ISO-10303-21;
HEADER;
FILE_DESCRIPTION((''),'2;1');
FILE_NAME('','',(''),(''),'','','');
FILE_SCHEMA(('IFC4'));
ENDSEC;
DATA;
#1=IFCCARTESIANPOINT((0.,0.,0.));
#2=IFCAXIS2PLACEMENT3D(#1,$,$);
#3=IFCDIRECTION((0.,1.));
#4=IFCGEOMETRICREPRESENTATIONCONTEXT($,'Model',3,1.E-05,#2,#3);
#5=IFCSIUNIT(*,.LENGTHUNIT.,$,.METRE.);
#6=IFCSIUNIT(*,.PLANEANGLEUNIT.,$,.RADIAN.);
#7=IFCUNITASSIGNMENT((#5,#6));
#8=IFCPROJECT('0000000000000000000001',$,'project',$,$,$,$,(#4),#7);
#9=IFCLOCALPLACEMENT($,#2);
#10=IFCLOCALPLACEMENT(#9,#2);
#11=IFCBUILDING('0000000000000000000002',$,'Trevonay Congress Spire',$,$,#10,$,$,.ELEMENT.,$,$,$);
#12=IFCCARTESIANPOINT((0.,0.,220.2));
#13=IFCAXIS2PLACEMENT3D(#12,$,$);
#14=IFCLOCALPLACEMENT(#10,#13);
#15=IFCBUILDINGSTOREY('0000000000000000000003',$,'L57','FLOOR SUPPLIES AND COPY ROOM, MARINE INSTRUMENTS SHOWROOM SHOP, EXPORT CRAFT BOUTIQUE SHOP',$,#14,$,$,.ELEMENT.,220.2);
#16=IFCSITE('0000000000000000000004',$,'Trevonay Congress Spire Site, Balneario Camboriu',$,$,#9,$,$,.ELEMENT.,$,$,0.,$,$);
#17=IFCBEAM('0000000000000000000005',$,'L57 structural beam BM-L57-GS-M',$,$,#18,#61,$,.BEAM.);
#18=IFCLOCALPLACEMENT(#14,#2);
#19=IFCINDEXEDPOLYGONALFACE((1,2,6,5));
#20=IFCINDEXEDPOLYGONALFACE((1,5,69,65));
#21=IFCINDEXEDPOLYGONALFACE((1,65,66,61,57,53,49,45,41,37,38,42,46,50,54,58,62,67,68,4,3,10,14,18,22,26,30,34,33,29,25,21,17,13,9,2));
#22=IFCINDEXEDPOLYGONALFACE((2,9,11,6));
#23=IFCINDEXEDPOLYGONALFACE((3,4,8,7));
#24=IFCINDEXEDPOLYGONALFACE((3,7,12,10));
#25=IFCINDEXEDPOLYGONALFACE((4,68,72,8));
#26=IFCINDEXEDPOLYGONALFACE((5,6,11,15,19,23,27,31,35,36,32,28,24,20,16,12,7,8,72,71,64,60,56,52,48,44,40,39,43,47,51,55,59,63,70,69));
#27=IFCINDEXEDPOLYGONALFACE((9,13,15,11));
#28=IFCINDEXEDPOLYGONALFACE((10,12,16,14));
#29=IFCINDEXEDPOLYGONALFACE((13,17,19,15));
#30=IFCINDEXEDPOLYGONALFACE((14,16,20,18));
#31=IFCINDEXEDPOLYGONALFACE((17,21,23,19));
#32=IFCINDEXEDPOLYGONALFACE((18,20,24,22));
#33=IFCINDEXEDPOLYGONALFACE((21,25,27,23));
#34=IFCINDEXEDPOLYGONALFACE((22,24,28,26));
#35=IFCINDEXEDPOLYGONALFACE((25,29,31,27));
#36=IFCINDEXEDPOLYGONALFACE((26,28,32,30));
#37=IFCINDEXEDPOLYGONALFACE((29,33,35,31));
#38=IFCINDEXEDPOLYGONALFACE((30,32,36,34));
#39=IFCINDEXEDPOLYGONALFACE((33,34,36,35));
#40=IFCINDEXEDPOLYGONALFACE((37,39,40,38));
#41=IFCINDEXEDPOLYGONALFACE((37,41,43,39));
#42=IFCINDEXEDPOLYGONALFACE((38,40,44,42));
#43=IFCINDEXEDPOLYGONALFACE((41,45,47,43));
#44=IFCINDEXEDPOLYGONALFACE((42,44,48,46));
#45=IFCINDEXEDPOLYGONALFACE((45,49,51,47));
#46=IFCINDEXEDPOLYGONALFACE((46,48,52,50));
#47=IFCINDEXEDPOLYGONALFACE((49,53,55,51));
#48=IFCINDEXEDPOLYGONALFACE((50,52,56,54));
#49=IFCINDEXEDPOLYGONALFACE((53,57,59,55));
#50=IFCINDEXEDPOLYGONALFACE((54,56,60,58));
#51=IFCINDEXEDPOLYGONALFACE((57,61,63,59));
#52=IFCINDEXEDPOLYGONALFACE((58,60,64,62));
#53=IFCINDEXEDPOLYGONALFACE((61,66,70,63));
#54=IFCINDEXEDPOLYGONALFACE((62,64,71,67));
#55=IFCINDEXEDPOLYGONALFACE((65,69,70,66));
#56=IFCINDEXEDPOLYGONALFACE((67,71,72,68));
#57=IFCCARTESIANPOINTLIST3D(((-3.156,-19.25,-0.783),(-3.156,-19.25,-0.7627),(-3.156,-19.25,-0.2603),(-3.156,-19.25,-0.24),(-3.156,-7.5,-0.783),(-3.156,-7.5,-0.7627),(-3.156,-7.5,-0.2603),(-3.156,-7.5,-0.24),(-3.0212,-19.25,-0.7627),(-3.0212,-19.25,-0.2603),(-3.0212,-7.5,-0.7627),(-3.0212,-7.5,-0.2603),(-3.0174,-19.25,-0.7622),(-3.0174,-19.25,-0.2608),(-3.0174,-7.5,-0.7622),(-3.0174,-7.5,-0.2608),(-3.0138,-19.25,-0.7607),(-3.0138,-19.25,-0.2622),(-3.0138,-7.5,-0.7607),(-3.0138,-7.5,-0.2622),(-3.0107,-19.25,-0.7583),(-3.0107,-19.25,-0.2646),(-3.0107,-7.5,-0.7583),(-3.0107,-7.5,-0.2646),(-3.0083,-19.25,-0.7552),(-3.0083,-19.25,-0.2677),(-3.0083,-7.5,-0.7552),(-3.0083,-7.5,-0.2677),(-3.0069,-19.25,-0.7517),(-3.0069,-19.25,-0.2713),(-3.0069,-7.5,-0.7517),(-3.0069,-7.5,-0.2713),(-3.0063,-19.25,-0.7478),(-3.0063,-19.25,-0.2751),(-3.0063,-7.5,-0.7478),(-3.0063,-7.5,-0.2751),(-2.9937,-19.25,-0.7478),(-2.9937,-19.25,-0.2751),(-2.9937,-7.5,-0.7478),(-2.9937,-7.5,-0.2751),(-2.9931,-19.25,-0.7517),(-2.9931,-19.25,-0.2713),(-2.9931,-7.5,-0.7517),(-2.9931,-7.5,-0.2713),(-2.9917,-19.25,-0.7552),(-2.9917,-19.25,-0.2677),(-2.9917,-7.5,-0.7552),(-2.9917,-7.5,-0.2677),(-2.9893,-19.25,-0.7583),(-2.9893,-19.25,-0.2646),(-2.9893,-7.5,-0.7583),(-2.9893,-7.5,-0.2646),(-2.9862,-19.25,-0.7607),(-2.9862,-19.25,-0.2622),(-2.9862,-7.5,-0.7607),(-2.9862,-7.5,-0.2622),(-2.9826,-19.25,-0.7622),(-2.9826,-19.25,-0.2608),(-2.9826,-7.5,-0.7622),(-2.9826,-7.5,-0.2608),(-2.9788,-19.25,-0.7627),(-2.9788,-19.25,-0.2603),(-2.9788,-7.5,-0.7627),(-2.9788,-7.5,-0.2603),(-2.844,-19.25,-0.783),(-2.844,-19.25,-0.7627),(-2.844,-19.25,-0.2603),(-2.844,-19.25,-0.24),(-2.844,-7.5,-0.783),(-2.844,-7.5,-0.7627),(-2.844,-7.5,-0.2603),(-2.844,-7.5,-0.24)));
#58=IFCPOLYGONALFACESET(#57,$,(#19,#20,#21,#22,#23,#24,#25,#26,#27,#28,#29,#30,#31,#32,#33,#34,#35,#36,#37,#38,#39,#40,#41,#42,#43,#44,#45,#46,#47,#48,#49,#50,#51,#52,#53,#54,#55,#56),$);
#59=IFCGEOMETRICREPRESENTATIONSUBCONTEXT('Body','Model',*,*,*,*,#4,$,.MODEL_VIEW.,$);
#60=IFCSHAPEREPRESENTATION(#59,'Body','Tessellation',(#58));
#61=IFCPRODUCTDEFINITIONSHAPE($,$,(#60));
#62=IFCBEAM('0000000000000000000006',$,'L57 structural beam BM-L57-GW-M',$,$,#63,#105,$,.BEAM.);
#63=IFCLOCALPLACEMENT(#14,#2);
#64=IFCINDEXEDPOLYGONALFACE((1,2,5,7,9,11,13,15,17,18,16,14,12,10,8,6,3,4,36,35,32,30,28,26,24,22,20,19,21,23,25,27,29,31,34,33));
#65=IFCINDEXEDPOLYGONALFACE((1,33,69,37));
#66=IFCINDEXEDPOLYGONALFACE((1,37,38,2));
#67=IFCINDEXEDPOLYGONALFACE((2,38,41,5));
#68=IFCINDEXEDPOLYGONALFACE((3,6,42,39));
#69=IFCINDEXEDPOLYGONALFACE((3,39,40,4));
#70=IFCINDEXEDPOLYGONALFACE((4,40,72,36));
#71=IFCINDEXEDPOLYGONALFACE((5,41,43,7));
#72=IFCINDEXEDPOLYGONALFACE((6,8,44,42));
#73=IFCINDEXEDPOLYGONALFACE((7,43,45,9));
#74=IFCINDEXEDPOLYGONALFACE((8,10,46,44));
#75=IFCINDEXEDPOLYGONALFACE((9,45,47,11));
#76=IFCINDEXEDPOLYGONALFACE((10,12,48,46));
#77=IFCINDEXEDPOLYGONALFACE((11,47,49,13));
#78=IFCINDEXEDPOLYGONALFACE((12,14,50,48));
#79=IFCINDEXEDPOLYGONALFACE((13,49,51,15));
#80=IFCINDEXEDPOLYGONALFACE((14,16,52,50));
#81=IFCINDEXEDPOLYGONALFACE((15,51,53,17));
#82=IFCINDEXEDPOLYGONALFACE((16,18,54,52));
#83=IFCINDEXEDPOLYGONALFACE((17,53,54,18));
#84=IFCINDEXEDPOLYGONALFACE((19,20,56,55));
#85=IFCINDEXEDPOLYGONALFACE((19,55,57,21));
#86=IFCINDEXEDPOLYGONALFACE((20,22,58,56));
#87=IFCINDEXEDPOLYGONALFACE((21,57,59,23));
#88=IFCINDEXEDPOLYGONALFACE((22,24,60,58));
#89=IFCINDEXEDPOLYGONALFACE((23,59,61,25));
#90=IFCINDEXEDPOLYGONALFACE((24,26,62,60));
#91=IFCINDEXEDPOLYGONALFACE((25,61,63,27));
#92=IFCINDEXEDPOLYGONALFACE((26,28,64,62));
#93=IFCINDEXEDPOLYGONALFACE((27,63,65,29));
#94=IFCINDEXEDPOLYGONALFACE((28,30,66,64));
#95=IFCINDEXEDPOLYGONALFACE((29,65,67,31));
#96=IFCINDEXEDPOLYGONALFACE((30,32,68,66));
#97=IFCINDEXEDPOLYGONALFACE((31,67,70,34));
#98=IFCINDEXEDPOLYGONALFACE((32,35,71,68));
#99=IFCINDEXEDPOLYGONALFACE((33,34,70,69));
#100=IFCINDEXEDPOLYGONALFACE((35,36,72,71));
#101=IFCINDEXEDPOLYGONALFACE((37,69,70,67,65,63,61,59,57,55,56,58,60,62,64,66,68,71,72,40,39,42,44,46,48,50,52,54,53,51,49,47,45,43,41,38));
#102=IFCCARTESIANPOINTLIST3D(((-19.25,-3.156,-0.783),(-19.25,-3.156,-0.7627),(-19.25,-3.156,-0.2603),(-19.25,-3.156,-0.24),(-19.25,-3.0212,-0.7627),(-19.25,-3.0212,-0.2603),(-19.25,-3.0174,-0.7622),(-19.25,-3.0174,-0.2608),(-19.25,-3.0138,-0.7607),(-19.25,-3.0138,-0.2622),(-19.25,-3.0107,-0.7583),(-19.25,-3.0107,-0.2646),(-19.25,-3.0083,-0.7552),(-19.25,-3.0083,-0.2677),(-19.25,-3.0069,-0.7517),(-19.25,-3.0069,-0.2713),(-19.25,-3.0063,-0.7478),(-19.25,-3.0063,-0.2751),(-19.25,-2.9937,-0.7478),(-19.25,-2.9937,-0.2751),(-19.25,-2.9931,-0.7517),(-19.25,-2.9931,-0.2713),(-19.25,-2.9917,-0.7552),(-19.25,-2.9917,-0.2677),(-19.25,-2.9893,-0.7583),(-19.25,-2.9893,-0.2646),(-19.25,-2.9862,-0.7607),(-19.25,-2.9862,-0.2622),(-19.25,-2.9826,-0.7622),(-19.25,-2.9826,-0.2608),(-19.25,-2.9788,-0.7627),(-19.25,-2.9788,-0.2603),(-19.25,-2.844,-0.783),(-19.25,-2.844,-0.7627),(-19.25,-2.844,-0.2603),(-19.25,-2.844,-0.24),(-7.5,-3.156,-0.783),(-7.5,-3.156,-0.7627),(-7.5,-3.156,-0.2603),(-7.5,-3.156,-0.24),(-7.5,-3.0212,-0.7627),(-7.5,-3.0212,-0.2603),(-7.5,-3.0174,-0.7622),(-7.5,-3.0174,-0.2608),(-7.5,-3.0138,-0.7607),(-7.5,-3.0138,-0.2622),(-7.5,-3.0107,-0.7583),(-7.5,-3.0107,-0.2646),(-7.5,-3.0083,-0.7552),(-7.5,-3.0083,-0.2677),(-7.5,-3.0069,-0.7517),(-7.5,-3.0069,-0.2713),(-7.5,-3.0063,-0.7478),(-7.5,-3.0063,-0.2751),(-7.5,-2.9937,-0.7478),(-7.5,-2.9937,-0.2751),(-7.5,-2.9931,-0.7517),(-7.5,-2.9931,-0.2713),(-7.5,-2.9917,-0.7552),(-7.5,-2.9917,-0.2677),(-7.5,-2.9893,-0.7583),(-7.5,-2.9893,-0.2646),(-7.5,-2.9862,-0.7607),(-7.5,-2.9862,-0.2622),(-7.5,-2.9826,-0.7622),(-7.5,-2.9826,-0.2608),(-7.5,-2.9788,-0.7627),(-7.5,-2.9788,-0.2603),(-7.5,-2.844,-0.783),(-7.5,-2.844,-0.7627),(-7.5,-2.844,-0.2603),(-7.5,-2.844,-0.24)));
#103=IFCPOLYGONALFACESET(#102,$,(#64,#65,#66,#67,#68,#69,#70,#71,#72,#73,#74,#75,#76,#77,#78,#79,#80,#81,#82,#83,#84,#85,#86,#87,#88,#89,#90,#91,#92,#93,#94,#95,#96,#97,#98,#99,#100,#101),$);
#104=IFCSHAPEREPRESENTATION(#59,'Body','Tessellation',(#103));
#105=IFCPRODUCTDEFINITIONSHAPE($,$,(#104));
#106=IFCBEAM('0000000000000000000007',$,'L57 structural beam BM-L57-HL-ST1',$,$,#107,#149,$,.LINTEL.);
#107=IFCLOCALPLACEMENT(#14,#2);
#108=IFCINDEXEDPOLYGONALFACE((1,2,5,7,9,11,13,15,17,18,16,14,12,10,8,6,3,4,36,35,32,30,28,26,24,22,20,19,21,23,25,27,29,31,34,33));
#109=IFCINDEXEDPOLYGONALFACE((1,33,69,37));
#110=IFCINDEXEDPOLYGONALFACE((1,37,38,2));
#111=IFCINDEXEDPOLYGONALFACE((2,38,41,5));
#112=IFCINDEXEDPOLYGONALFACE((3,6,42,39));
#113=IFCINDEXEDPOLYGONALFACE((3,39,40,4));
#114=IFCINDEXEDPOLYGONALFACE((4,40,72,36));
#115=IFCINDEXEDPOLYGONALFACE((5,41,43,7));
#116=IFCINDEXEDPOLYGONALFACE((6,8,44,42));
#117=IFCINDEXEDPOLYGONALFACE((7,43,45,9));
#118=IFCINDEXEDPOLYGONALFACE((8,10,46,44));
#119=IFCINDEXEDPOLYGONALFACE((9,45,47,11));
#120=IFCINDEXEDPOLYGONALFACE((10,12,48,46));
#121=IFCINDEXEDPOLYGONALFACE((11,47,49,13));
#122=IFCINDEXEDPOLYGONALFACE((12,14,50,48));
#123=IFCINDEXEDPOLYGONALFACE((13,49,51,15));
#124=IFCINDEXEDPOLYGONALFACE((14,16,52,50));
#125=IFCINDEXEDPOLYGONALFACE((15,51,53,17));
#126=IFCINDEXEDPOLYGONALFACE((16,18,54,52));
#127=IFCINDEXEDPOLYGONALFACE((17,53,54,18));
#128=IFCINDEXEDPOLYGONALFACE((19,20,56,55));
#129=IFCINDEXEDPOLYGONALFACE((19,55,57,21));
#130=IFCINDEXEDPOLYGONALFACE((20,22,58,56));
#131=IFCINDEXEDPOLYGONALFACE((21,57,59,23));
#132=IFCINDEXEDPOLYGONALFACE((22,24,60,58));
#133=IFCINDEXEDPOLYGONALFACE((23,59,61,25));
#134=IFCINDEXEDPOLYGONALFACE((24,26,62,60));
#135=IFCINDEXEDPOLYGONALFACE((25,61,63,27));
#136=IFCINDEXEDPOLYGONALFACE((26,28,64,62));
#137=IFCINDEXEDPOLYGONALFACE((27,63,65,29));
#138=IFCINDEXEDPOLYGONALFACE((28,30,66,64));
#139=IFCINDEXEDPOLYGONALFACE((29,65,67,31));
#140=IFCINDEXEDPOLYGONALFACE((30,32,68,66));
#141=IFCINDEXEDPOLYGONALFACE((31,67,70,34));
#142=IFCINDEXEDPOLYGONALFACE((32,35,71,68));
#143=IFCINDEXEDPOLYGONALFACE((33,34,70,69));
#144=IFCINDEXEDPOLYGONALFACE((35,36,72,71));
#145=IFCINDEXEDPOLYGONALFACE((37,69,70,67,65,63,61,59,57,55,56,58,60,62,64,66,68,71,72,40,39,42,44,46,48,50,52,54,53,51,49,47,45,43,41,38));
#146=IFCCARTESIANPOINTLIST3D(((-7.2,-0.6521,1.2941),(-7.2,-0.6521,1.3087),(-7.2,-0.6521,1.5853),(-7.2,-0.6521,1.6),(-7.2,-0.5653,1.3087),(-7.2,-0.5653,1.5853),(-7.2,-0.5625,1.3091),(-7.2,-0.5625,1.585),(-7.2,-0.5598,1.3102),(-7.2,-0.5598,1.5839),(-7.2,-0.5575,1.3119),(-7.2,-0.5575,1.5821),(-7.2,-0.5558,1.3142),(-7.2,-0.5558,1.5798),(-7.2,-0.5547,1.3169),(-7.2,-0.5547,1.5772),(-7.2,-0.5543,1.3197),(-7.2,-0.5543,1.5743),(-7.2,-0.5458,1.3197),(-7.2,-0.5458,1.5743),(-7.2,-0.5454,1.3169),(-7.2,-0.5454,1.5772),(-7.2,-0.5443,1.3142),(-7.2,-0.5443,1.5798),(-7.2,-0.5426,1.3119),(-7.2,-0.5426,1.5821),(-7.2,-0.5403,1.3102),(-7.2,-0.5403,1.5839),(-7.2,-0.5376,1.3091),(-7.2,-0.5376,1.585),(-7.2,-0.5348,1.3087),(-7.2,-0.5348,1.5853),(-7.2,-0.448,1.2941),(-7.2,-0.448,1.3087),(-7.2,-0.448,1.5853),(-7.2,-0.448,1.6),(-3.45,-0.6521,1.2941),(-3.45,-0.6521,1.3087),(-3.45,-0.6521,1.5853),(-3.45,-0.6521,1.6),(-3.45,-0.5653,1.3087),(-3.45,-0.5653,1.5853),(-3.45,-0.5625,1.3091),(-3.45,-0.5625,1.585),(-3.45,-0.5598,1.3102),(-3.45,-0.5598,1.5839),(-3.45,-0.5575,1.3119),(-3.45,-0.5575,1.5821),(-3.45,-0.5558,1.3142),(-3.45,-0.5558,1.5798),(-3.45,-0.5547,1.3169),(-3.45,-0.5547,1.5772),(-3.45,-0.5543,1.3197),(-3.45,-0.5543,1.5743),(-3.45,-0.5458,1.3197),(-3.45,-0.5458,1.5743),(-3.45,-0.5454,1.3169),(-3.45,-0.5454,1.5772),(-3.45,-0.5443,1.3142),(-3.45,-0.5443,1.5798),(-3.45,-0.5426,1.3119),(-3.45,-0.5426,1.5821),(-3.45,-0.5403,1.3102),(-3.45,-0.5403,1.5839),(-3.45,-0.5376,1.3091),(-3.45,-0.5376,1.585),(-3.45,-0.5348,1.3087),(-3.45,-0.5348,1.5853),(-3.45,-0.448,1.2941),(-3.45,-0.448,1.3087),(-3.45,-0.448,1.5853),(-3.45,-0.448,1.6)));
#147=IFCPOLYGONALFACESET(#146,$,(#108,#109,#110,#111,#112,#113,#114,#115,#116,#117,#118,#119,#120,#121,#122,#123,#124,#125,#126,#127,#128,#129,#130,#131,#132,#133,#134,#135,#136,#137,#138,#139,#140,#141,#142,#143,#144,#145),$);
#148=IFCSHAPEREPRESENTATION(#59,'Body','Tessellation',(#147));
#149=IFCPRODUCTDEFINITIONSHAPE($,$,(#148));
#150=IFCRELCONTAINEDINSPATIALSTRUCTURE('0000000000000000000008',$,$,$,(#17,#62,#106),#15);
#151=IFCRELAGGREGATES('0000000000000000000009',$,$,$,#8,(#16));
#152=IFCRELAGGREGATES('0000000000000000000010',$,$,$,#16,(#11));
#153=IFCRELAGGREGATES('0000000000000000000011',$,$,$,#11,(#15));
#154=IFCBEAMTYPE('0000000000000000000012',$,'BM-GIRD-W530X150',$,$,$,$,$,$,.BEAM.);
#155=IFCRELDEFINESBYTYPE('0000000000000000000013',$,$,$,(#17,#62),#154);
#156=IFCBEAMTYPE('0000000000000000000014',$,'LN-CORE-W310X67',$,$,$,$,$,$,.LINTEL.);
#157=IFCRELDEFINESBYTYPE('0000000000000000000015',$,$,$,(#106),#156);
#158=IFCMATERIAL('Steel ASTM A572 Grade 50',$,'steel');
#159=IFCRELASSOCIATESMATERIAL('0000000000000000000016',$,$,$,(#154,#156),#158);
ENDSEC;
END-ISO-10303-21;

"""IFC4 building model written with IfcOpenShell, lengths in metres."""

from ifc_helpers import new_model, si_unit, direction, frame, origin, origin_2d, place, context, subcontext, project, spatial, i_section, extrude, material, material_profile, profile_set, type_object, element, save


model = new_model("IFC4")

# Units and contexts
model_context = context("Model", 3, precision=1e-05, world=origin(), true_north=direction((0.0, 1.0)))
body_context = subcontext(model_context, "Body", "Model", "MODEL_VIEW")
ifc_project = project(units=[si_unit("LENGTHUNIT", "METRE"), si_unit("PLANEANGLEUNIT", "RADIAN")], contexts=[model_context])

# Site, building, storey
site_placement = place(None, origin())
site = spatial("IfcSite", under=ifc_project, at=site_placement, Name="Trevonay Congress Spire Site, Balneario Camboriu", CompositionType="ELEMENT", RefElevation=0.0)
building_placement = place(site_placement, origin())
building = spatial("IfcBuilding", under=site, at=building_placement, Name="Trevonay Congress Spire", CompositionType="ELEMENT")
storey_placement = place(building_placement, frame((0.0, 0.0, 220.2)))
storey = spatial("IfcBuildingStorey", under=building, at=storey_placement, Name="L57", Description="FLOOR SUPPLIES AND COPY ROOM, MARINE INSTRUMENTS SHOWROOM SHOP, EXPORT CRAFT BOUTIQUE SHOP", CompositionType="ELEMENT", Elevation=220.2)

# Shared definitions
ifc_material_1 = material(Name="Steel ASTM A572 Grade 50", Category="steel")

# Beams
ifc_material_profile_1 = material_profile(ifc_material_1, i_section(OverallWidth=0.312, OverallDepth=0.543, WebThickness=0.0127, FlangeThickness=0.0203, FilletRadius=0.0149, at=origin_2d()), Name="W530x150")
ifc_profile_set_1 = profile_set([ifc_material_profile_1], Name="Steel ASTM A572 Grade 50")
beam_type_1 = type_object("IfcBeamType", Name="BM-GIRD-W530X150", PredefinedType="BEAM", material=ifc_profile_set_1)
for number, where, z_axis, x_axis, name in (
    (1, (-3.0, -7.5, -0.5115), (0.0, -1.0, 0.0), (1.0, 0.0, 0.0), "L57 structural beam BM-L57-GS-M"),
    (2, (-7.5, -3.0, -0.5115), (-1.0, 0.0, 0.0), (0.0, -1.0, 0.0), "L57 structural beam BM-L57-GW-M"),
):
    element("IfcBeam", number, at=place(storey_placement, frame(where, z_axis=z_axis, x_axis=x_axis)), inside=storey, type_object=beam_type_1, Name=name, PredefinedType="BEAM", context=body_context, shape_type="SweptSolid", body=[
        extrude(i_section(OverallWidth=0.312, OverallDepth=0.543, WebThickness=0.0127, FlangeThickness=0.0203, FilletRadius=0.0149, at=origin_2d()), origin(), (0.0, 0.0, 1.0), 11.75),
    ])
ifc_material_profile_2 = material_profile(ifc_material_1, i_section(OverallWidth=0.2041, OverallDepth=0.3059, WebThickness=0.0085, FlangeThickness=0.0146, FilletRadius=0.011, at=origin_2d()), Name="W310x67")
ifc_profile_set_2 = profile_set([ifc_material_profile_2], Name="Steel ASTM A572 Grade 50")
beam_type_2 = type_object("IfcBeamType", Name="LN-CORE-W310X67", PredefinedType="LINTEL", material=ifc_profile_set_2)
beam_1_placement = place(storey_placement, frame((-7.2, -0.55, 1.447), z_axis=(1.0, 0.0, 0.0), x_axis=(0.0, 1.0, 0.0)))
element("IfcBeam", 3, at=beam_1_placement, inside=storey, type_object=beam_type_2, Name="L57 structural beam BM-L57-HL-ST1", PredefinedType="LINTEL", context=body_context, shape_type="SweptSolid", body=[
    extrude(i_section(OverallWidth=0.2041, OverallDepth=0.3059, WebThickness=0.0085, FlangeThickness=0.0146, FilletRadius=0.011, at=origin_2d()), origin(), (0.0, 0.0, 1.0), 3.75),
])

save(model, "model.ifc")
